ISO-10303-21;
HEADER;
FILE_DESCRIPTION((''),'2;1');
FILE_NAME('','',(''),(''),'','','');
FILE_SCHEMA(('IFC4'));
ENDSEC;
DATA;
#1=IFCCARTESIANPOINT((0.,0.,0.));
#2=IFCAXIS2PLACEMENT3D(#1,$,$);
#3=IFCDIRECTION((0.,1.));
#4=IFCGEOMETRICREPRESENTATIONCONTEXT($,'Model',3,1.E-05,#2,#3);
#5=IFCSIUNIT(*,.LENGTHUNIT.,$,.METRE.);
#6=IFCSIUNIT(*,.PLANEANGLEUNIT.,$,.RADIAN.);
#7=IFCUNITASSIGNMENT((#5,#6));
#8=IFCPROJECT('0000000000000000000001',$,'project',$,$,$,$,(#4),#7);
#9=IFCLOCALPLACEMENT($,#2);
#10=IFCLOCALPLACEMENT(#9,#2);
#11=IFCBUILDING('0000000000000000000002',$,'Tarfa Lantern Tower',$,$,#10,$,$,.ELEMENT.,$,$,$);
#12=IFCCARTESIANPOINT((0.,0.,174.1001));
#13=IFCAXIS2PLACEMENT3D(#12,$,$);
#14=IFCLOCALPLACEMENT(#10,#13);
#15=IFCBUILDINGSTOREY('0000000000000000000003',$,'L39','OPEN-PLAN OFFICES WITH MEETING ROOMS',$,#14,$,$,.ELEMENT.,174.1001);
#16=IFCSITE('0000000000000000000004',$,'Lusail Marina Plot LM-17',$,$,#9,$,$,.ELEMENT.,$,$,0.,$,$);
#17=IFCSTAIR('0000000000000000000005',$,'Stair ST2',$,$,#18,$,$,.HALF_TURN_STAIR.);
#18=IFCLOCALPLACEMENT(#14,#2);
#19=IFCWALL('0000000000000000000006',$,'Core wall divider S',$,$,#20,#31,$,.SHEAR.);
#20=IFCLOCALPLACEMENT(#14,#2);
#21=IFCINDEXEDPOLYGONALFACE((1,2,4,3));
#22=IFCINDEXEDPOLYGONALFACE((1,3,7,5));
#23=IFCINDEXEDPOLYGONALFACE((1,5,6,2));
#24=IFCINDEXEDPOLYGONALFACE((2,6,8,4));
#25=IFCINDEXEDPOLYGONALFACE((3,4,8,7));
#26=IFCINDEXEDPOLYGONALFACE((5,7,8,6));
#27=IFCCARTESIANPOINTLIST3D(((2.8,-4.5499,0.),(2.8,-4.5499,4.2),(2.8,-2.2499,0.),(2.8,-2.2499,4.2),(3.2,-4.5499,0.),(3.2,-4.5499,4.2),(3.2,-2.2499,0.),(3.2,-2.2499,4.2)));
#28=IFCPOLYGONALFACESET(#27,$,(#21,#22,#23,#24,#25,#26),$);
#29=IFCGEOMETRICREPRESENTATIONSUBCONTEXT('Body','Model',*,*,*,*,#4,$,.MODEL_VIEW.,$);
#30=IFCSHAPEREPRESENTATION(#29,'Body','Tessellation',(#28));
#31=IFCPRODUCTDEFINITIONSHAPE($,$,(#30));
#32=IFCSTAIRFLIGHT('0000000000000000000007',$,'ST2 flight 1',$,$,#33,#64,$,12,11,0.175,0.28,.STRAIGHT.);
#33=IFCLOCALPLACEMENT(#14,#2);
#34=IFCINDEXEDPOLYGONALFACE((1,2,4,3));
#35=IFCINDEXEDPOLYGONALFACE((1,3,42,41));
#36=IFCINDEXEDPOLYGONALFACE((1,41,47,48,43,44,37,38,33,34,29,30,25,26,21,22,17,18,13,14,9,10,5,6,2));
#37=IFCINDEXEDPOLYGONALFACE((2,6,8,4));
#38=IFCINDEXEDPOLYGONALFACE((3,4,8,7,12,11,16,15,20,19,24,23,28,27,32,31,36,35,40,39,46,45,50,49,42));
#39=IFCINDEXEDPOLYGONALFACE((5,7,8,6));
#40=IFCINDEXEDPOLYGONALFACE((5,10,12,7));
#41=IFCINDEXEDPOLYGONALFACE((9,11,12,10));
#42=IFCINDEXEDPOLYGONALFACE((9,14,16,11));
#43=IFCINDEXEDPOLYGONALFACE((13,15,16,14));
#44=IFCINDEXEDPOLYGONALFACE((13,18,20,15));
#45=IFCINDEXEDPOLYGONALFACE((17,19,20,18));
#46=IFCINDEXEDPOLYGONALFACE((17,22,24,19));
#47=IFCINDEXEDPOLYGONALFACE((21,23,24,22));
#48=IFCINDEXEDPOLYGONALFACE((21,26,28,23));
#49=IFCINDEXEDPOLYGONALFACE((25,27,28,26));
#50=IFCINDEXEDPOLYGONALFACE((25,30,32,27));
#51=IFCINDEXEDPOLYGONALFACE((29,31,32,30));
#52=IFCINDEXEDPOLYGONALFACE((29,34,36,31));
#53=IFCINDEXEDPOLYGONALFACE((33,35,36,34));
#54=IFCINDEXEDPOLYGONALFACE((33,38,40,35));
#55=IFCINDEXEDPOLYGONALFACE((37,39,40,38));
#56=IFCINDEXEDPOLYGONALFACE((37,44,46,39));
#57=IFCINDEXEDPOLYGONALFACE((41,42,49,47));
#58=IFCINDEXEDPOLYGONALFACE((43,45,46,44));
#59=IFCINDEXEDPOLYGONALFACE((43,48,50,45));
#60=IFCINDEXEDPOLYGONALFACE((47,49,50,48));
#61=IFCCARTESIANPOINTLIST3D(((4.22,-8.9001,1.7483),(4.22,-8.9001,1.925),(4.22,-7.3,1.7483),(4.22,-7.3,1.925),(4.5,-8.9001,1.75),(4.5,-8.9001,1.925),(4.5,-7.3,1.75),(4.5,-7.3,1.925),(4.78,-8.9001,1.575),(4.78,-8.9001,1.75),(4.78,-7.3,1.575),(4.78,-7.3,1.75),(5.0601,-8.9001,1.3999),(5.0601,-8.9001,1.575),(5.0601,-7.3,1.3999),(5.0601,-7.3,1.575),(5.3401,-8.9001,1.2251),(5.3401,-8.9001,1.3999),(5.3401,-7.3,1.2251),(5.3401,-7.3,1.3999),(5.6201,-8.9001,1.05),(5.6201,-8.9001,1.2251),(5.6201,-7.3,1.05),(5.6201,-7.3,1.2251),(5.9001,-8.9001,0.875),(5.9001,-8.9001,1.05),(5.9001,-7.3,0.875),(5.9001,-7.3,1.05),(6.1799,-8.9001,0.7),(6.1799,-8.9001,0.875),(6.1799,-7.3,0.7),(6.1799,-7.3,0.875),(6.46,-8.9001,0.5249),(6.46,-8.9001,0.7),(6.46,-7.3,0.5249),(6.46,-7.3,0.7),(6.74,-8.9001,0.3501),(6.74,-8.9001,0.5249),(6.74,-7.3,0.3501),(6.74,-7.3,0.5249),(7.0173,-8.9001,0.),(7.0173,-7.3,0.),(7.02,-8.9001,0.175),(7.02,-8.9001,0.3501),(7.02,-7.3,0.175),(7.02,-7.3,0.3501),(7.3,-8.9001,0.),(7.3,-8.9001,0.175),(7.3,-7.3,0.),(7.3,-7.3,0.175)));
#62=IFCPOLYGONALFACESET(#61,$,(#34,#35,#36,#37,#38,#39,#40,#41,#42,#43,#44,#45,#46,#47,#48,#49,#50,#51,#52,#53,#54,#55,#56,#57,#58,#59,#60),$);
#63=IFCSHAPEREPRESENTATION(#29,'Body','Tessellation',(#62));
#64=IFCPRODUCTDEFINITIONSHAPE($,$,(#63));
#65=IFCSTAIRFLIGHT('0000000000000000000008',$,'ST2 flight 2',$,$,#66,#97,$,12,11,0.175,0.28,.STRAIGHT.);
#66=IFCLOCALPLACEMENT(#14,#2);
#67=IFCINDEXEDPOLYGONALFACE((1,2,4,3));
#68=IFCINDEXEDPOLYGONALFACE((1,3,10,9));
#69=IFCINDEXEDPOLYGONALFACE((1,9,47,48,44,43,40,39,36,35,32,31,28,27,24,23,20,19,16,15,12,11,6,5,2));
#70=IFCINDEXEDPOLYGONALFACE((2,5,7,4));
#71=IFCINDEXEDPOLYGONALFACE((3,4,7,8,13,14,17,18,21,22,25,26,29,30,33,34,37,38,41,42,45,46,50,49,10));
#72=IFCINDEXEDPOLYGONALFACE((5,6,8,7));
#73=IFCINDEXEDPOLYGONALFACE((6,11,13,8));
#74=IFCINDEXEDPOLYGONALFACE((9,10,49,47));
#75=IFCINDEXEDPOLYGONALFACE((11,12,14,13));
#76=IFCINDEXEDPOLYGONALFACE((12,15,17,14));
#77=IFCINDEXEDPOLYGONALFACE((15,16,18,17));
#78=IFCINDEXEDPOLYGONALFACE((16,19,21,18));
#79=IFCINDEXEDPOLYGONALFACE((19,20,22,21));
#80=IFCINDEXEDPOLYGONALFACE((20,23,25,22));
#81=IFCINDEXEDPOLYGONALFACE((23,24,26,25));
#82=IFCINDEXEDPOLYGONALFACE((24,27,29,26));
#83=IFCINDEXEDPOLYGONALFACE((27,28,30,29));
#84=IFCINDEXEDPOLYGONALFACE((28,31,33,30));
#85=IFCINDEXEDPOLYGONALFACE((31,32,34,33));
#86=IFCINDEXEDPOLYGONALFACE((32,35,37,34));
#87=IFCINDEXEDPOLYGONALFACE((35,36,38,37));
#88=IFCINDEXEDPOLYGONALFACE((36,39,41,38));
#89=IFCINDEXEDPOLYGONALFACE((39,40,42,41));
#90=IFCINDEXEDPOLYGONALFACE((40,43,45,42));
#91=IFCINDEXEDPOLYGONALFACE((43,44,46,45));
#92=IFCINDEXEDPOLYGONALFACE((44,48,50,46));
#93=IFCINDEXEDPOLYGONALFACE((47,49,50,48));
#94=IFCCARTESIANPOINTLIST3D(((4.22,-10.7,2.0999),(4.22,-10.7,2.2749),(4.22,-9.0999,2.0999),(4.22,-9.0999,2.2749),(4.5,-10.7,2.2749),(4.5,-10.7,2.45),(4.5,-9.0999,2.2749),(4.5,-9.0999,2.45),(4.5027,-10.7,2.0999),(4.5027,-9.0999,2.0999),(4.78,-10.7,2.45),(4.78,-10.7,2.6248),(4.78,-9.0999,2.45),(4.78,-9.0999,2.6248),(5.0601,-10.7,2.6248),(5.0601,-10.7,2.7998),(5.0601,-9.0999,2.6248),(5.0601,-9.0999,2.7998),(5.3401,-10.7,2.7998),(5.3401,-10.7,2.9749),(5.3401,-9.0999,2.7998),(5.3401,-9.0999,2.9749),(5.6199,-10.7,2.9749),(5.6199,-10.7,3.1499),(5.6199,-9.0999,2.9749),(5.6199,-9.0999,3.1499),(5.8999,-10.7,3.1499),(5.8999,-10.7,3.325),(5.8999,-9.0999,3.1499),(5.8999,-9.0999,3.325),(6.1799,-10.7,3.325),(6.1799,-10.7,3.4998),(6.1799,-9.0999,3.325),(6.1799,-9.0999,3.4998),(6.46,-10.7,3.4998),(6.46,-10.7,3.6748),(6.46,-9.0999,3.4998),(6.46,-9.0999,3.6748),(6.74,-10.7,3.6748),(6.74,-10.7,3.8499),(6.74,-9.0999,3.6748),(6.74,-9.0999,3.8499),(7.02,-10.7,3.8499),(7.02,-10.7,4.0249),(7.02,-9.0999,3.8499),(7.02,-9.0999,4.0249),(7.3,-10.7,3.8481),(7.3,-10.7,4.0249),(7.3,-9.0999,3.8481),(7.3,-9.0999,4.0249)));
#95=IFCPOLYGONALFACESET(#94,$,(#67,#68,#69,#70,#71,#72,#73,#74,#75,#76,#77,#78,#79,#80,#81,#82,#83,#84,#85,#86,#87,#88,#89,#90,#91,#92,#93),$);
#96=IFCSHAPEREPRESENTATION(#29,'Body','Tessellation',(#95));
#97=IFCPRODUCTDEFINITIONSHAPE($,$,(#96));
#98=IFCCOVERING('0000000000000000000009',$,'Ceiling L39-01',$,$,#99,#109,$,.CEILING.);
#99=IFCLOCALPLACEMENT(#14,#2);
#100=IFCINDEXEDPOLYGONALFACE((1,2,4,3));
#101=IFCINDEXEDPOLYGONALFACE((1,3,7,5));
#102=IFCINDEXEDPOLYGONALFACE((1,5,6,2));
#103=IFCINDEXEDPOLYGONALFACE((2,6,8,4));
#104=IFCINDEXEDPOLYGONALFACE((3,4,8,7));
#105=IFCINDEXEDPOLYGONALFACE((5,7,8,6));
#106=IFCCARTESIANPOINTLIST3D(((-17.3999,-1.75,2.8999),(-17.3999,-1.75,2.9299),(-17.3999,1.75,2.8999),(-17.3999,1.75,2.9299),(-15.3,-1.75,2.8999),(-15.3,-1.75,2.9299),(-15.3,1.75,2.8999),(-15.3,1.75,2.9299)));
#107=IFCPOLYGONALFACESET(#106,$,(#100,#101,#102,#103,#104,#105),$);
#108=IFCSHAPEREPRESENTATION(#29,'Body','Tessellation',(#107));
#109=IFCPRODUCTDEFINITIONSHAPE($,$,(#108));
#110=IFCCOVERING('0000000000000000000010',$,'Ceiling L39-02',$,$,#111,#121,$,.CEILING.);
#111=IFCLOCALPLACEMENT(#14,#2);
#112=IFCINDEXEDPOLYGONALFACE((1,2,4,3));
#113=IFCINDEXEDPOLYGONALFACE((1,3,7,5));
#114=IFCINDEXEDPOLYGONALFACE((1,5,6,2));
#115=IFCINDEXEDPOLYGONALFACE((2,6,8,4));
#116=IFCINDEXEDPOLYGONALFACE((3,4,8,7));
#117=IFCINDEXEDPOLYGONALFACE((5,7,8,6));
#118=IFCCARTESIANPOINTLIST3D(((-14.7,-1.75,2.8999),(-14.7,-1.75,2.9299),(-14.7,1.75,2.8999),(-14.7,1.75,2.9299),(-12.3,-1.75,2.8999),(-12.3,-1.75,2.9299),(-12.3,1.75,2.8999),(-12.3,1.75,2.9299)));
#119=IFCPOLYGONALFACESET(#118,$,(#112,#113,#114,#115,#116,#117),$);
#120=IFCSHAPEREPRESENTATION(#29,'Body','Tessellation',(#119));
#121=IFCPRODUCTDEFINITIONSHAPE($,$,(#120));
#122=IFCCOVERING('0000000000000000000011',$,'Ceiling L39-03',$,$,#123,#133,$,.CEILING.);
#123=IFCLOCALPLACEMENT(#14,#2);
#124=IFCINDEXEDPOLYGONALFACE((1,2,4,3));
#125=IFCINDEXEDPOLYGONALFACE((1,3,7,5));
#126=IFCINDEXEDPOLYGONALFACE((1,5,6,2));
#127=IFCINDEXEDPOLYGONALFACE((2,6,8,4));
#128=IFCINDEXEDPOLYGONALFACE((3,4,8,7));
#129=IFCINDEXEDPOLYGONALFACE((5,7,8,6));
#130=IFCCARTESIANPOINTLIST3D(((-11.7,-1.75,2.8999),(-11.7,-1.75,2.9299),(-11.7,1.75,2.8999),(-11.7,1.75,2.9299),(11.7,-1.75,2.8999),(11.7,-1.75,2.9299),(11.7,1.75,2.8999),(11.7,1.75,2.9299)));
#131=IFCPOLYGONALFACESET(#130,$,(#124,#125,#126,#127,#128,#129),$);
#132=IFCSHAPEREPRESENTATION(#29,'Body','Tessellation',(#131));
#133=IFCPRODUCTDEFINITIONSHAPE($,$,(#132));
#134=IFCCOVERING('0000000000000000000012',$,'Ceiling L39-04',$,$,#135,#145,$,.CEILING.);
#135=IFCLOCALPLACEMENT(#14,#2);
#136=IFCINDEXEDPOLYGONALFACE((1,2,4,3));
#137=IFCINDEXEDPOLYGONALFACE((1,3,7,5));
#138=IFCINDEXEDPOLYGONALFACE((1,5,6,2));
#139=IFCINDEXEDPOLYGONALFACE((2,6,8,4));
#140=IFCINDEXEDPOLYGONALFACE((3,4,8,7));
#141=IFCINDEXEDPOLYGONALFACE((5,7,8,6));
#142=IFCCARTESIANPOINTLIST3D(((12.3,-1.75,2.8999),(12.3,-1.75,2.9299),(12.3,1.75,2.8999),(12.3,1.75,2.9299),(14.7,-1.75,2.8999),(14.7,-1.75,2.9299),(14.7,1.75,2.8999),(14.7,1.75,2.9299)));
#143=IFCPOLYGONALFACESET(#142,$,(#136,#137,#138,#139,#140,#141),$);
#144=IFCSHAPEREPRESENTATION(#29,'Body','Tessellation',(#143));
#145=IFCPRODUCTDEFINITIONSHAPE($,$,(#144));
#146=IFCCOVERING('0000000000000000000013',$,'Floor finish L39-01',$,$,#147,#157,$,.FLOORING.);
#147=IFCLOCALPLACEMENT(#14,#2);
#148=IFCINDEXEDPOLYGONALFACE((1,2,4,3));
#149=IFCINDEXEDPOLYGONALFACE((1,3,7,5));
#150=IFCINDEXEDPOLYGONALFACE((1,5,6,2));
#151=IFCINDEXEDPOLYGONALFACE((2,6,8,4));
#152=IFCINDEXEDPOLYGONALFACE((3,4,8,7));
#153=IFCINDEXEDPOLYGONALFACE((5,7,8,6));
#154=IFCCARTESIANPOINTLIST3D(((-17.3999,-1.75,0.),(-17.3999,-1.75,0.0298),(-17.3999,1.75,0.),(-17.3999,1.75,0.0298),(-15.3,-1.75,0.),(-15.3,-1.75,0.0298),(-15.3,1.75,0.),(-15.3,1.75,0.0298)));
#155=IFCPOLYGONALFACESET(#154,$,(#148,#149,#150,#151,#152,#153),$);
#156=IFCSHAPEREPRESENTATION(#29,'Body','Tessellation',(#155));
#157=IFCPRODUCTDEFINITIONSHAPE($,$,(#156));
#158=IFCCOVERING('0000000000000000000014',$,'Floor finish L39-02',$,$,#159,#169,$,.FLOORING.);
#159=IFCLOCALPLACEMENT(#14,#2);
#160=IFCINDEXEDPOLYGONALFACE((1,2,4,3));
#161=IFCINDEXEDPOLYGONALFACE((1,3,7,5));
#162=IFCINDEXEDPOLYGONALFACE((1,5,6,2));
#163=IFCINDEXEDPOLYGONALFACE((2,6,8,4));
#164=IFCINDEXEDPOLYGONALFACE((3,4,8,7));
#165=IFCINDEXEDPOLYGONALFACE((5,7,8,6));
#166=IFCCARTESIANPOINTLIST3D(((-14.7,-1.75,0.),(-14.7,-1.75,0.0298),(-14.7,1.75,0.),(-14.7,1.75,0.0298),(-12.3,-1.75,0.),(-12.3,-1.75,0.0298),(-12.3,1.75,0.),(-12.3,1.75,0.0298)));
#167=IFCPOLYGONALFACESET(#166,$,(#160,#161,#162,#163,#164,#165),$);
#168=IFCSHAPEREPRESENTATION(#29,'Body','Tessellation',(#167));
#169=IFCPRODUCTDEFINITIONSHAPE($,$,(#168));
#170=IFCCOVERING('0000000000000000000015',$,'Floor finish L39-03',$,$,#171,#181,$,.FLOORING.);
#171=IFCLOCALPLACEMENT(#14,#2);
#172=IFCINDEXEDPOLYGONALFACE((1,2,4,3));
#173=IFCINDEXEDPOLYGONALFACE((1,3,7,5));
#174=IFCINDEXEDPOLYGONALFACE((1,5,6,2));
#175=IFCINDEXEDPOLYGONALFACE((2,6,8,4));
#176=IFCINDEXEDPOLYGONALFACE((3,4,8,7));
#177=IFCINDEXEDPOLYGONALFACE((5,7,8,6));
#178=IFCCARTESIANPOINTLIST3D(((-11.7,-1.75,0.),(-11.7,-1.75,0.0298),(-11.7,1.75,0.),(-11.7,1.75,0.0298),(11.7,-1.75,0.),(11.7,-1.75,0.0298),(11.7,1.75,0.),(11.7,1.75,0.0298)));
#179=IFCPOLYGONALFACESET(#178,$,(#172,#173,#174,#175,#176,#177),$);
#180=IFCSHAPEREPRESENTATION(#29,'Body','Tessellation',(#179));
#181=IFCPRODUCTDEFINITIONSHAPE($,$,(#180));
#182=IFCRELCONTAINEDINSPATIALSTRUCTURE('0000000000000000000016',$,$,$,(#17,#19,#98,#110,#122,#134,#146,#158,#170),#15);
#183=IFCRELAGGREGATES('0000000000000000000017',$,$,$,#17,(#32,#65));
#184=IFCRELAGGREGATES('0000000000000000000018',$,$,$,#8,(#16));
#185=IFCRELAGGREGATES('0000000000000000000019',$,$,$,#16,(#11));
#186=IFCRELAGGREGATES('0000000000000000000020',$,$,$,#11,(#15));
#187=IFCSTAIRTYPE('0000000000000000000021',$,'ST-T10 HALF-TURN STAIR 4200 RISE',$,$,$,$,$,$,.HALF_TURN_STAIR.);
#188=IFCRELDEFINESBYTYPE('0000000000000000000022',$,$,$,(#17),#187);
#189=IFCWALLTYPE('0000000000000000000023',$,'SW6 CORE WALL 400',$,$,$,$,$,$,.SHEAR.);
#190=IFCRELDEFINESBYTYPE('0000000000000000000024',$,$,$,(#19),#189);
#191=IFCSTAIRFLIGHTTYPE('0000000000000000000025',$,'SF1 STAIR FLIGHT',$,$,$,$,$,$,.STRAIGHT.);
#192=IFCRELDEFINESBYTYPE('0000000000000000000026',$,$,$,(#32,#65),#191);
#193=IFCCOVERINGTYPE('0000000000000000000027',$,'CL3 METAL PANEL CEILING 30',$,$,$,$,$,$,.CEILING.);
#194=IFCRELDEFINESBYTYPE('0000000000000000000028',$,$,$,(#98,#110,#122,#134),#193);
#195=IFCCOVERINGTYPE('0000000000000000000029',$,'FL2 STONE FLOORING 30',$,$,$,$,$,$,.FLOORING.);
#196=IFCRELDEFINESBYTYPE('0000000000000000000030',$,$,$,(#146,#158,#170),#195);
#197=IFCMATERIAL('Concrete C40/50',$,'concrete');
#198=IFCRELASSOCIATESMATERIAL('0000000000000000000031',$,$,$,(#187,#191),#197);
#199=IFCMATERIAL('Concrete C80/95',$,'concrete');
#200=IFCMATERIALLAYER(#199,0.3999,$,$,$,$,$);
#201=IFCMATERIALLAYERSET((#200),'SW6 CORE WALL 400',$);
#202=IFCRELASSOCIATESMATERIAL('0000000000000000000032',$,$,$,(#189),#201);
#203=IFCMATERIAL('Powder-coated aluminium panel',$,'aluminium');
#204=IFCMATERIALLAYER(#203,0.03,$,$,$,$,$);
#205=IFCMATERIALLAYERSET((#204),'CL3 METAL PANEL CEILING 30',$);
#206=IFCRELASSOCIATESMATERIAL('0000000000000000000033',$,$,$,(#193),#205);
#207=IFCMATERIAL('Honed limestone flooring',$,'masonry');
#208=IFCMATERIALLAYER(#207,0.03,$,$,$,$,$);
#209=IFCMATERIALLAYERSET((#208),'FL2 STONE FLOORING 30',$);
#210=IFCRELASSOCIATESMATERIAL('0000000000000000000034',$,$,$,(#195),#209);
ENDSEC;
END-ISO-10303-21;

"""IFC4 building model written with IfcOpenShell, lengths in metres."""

from ifc_helpers import new_model, si_unit, direction, frame, frame_2d, origin, place, context, subcontext, project, spatial, polyline, rectangle, outline, extrude, material, layer, layer_set, type_object, element, aggregate, save


model = new_model("IFC4")

# Units and contexts
model_context = context("Model", 3, precision=1e-05, world=origin(), true_north=direction((0.0, 1.0)))
body_context = subcontext(model_context, "Body", "Model", "MODEL_VIEW")
ifc_project = project(units=[si_unit("LENGTHUNIT", "METRE"), si_unit("PLANEANGLEUNIT", "RADIAN")], contexts=[model_context])

# Site, building, storey
site_placement = place(None, origin())
site = spatial("IfcSite", under=ifc_project, at=site_placement, Name="Lusail Marina Plot LM-17", CompositionType="ELEMENT", RefElevation=0.0)
building_placement = place(site_placement, origin())
building = spatial("IfcBuilding", under=site, at=building_placement, Name="Tarfa Lantern Tower", CompositionType="ELEMENT")
storey_placement = place(building_placement, frame((0.0, 0.0, 174.1001)))
storey = spatial("IfcBuildingStorey", under=building, at=storey_placement, Name="L39", Description="OPEN-PLAN OFFICES WITH MEETING ROOMS", CompositionType="ELEMENT", Elevation=174.1001)

# Stair
ifc_material_1 = material(Name="Concrete C40/50", Category="concrete")
stair_type = type_object("IfcStairType", Name="ST-T10 HALF-TURN STAIR 4200 RISE", PredefinedType="HALF_TURN_STAIR", material=ifc_material_1)
stair_1_placement = place(storey_placement, origin())
stair_1 = element("IfcStair", 1, at=stair_1_placement, inside=storey, type_object=stair_type, Name="Stair ST2", PredefinedType="HALF_TURN_STAIR")

# Shared definitions
ifc_material_2 = material(Name="Concrete C80/95", Category="concrete")

# Wall
ifc_layer_1 = layer(ifc_material_2, 0.3999)
ifc_layer_set_1 = layer_set([ifc_layer_1], Name="SW6 CORE WALL 400")
wall_type_1 = type_object("IfcWallType", Name="SW6 CORE WALL 400", PredefinedType="SHEAR", material=ifc_layer_set_1)
for number, where, z_axis, x_axis, name in (
    (2, (3.0, -2.25, 0.0), (0.0, 0.0, 1.0), (0.0, -1.0, 0.0), "Core wall divider S"),
):
    element("IfcWall", number, at=place(storey_placement, frame(where, z_axis=z_axis, x_axis=x_axis)), inside=storey, type_object=wall_type_1, Name=name, PredefinedType="SHEAR", context=body_context, shape_type="SweptSolid", body=[
        extrude(rectangle(XDim=2.3, YDim=0.3999, at=frame_2d((1.1499, 0.0))), origin(), (0.0, 0.0, 1.0), 4.2),
    ])

# Stair flights
stair_flight_type = type_object("IfcStairFlightType", Name="SF1 STAIR FLIGHT", PredefinedType="STRAIGHT", material=ifc_material_1)
stair_flight_1_placement = place(storey_placement, frame((7.3, -8.1001, 0.0), z_axis=(0.0, 0.0, 1.0), x_axis=(-1.0, 0.0, 0.0)))
stair_flight_1 = element("IfcStairFlight", 3, at=stair_flight_1_placement, type_object=stair_flight_type, Name="ST2 flight 1", NumberOfRisers=12, NumberOfTreads=11, PredefinedType="STRAIGHT", RiserHeight=0.175, TreadLength=0.28, context=body_context, shape_type="SweptSolid", body=[
    extrude(outline(polyline([(0.0, 0.0), (0.0, 0.175), (0.28, 0.175), (0.28, 0.3501), (0.5601, 0.3501), (0.5601, 0.5249), (0.8401, 0.5249), (0.8401, 0.7), (1.1201, 0.7), (1.1201, 0.875), (1.3999, 0.875), (1.3999, 1.05), (1.6799, 1.05), (1.6799, 1.2251), (1.96, 1.2251), (1.96, 1.3999), (2.24, 1.3999), (2.24, 1.575), (2.52, 1.575), (2.52, 1.75), (2.8, 1.75), (2.8, 1.925), (3.0801, 1.925), (3.0801, 2.1001), (3.0801, 1.7483), (0.2827, 0.0), (0.0, 0.0)])), frame((0.0, 0.8, 0.0), z_axis=(0.0, -1.0, 0.0), x_axis=(1.0, 0.0, 0.0)), (0.0, 0.0, 1.0), 1.6001),
])
stair_flight_2_placement = place(storey_placement, frame((4.22, -9.8999, 2.0999), z_axis=(0.0, 0.0, 1.0), x_axis=(1.0, 0.0, 0.0)))
stair_flight_2 = element("IfcStairFlight", 4, at=stair_flight_2_placement, type_object=stair_flight_type, Name="ST2 flight 2", NumberOfRisers=12, NumberOfTreads=11, PredefinedType="STRAIGHT", RiserHeight=0.175, TreadLength=0.28, context=body_context, shape_type="SweptSolid", body=[
    extrude(outline(polyline([(0.0, 0.0), (0.0, 0.175), (0.28, 0.175), (0.28, 0.3501), (0.5601, 0.3501), (0.5601, 0.5249), (0.8401, 0.5249), (0.8401, 0.7), (1.1201, 0.7), (1.1201, 0.875), (1.3999, 0.875), (1.3999, 1.05), (1.6799, 1.05), (1.6799, 1.2251), (1.96, 1.2251), (1.96, 1.3999), (2.24, 1.3999), (2.24, 1.575), (2.52, 1.575), (2.52, 1.75), (2.8, 1.75), (2.8, 1.925), (3.0801, 1.925), (3.0801, 2.1001), (3.0801, 1.7483), (0.2827, 0.0), (0.0, 0.0)])), frame((0.0, 0.8, 0.0), z_axis=(0.0, -1.0, 0.0), x_axis=(1.0, 0.0, 0.0)), (0.0, 0.0, 1.0), 1.6001),
])
aggregate(stair_1, [stair_flight_1, stair_flight_2])

# Coverings
ifc_material_3 = material(Name="Powder-coated aluminium panel", Category="aluminium")
ifc_layer_2 = layer(ifc_material_3, 0.03)
ifc_layer_set_2 = layer_set([ifc_layer_2], Name="CL3 METAL PANEL CEILING 30")
covering_type_1 = type_object("IfcCoveringType", Name="CL3 METAL PANEL CEILING 30", PredefinedType="CEILING", material=ifc_layer_set_2)
covering_1_placement = place(storey_placement, frame((0.0, 0.0, 2.8999)))
element("IfcCovering", 5, at=covering_1_placement, inside=storey, type_object=covering_type_1, Name="Ceiling L39-01", PredefinedType="CEILING", context=body_context, shape_type="SweptSolid", body=[
    extrude(outline(polyline([(-17.3999, -1.75), (-15.3, -1.75), (-15.3, 1.75), (-17.3999, 1.75), (-17.3999, -1.75)])), origin(), (0.0, 0.0, 1.0), 0.03),
])
covering_2_placement = place(storey_placement, frame((0.0, 0.0, 2.8999)))
element("IfcCovering", 6, at=covering_2_placement, inside=storey, type_object=covering_type_1, Name="Ceiling L39-02", PredefinedType="CEILING", context=body_context, shape_type="SweptSolid", body=[
    extrude(outline(polyline([(-14.7, -1.75), (-12.3, -1.75), (-12.3, 1.75), (-14.7, 1.75), (-14.7, -1.75)])), origin(), (0.0, 0.0, 1.0), 0.03),
])
covering_3_placement = place(storey_placement, frame((0.0, 0.0, 2.8999)))
element("IfcCovering", 7, at=covering_3_placement, inside=storey, type_object=covering_type_1, Name="Ceiling L39-03", PredefinedType="CEILING", context=body_context, shape_type="SweptSolid", body=[
    extrude(outline(polyline([(-11.7, -1.75), (11.7, -1.75), (11.7, 1.75), (-11.7, 1.75), (-11.7, -1.75)])), origin(), (0.0, 0.0, 1.0), 0.03),
])
covering_4_placement = place(storey_placement, frame((0.0, 0.0, 2.8999)))
element("IfcCovering", 8, at=covering_4_placement, inside=storey, type_object=covering_type_1, Name="Ceiling L39-04", PredefinedType="CEILING", context=body_context, shape_type="SweptSolid", body=[
    extrude(outline(polyline([(12.3, -1.75), (14.7, -1.75), (14.7, 1.75), (12.3, 1.75), (12.3, -1.75)])), origin(), (0.0, 0.0, 1.0), 0.03),
])
ifc_material_4 = material(Name="Honed limestone flooring", Category="masonry")
ifc_layer_3 = layer(ifc_material_4, 0.03)
ifc_layer_set_3 = layer_set([ifc_layer_3], Name="FL2 STONE FLOORING 30")
covering_type_2 = type_object("IfcCoveringType", Name="FL2 STONE FLOORING 30", PredefinedType="FLOORING", material=ifc_layer_set_3)
covering_5_placement = place(storey_placement, origin())
element("IfcCovering", 9, at=covering_5_placement, inside=storey, type_object=covering_type_2, Name="Floor finish L39-01", PredefinedType="FLOORING", context=body_context, shape_type="SweptSolid", body=[
    extrude(outline(polyline([(-17.3999, -1.75), (-15.3, -1.75), (-15.3, 1.75), (-17.3999, 1.75), (-17.3999, -1.75)])), origin(), (0.0, 0.0, 1.0), 0.0298),
])
covering_6_placement = place(storey_placement, origin())
element("IfcCovering", 10, at=covering_6_placement, inside=storey, type_object=covering_type_2, Name="Floor finish L39-02", PredefinedType="FLOORING", context=body_context, shape_type="SweptSolid", body=[
    extrude(outline(polyline([(-14.7, -1.75), (-12.3, -1.75), (-12.3, 1.75), (-14.7, 1.75), (-14.7, -1.75)])), origin(), (0.0, 0.0, 1.0), 0.0298),
])
covering_7_placement = place(storey_placement, origin())
element("IfcCovering", 11, at=covering_7_placement, inside=storey, type_object=covering_type_2, Name="Floor finish L39-03", PredefinedType="FLOORING", context=body_context, shape_type="SweptSolid", body=[
    extrude(outline(polyline([(-11.7, -1.75), (11.7, -1.75), (11.7, 1.75), (-11.7, 1.75), (-11.7, -1.75)])), origin(), (0.0, 0.0, 1.0), 0.0298),
])

save(model, "model.ifc")
